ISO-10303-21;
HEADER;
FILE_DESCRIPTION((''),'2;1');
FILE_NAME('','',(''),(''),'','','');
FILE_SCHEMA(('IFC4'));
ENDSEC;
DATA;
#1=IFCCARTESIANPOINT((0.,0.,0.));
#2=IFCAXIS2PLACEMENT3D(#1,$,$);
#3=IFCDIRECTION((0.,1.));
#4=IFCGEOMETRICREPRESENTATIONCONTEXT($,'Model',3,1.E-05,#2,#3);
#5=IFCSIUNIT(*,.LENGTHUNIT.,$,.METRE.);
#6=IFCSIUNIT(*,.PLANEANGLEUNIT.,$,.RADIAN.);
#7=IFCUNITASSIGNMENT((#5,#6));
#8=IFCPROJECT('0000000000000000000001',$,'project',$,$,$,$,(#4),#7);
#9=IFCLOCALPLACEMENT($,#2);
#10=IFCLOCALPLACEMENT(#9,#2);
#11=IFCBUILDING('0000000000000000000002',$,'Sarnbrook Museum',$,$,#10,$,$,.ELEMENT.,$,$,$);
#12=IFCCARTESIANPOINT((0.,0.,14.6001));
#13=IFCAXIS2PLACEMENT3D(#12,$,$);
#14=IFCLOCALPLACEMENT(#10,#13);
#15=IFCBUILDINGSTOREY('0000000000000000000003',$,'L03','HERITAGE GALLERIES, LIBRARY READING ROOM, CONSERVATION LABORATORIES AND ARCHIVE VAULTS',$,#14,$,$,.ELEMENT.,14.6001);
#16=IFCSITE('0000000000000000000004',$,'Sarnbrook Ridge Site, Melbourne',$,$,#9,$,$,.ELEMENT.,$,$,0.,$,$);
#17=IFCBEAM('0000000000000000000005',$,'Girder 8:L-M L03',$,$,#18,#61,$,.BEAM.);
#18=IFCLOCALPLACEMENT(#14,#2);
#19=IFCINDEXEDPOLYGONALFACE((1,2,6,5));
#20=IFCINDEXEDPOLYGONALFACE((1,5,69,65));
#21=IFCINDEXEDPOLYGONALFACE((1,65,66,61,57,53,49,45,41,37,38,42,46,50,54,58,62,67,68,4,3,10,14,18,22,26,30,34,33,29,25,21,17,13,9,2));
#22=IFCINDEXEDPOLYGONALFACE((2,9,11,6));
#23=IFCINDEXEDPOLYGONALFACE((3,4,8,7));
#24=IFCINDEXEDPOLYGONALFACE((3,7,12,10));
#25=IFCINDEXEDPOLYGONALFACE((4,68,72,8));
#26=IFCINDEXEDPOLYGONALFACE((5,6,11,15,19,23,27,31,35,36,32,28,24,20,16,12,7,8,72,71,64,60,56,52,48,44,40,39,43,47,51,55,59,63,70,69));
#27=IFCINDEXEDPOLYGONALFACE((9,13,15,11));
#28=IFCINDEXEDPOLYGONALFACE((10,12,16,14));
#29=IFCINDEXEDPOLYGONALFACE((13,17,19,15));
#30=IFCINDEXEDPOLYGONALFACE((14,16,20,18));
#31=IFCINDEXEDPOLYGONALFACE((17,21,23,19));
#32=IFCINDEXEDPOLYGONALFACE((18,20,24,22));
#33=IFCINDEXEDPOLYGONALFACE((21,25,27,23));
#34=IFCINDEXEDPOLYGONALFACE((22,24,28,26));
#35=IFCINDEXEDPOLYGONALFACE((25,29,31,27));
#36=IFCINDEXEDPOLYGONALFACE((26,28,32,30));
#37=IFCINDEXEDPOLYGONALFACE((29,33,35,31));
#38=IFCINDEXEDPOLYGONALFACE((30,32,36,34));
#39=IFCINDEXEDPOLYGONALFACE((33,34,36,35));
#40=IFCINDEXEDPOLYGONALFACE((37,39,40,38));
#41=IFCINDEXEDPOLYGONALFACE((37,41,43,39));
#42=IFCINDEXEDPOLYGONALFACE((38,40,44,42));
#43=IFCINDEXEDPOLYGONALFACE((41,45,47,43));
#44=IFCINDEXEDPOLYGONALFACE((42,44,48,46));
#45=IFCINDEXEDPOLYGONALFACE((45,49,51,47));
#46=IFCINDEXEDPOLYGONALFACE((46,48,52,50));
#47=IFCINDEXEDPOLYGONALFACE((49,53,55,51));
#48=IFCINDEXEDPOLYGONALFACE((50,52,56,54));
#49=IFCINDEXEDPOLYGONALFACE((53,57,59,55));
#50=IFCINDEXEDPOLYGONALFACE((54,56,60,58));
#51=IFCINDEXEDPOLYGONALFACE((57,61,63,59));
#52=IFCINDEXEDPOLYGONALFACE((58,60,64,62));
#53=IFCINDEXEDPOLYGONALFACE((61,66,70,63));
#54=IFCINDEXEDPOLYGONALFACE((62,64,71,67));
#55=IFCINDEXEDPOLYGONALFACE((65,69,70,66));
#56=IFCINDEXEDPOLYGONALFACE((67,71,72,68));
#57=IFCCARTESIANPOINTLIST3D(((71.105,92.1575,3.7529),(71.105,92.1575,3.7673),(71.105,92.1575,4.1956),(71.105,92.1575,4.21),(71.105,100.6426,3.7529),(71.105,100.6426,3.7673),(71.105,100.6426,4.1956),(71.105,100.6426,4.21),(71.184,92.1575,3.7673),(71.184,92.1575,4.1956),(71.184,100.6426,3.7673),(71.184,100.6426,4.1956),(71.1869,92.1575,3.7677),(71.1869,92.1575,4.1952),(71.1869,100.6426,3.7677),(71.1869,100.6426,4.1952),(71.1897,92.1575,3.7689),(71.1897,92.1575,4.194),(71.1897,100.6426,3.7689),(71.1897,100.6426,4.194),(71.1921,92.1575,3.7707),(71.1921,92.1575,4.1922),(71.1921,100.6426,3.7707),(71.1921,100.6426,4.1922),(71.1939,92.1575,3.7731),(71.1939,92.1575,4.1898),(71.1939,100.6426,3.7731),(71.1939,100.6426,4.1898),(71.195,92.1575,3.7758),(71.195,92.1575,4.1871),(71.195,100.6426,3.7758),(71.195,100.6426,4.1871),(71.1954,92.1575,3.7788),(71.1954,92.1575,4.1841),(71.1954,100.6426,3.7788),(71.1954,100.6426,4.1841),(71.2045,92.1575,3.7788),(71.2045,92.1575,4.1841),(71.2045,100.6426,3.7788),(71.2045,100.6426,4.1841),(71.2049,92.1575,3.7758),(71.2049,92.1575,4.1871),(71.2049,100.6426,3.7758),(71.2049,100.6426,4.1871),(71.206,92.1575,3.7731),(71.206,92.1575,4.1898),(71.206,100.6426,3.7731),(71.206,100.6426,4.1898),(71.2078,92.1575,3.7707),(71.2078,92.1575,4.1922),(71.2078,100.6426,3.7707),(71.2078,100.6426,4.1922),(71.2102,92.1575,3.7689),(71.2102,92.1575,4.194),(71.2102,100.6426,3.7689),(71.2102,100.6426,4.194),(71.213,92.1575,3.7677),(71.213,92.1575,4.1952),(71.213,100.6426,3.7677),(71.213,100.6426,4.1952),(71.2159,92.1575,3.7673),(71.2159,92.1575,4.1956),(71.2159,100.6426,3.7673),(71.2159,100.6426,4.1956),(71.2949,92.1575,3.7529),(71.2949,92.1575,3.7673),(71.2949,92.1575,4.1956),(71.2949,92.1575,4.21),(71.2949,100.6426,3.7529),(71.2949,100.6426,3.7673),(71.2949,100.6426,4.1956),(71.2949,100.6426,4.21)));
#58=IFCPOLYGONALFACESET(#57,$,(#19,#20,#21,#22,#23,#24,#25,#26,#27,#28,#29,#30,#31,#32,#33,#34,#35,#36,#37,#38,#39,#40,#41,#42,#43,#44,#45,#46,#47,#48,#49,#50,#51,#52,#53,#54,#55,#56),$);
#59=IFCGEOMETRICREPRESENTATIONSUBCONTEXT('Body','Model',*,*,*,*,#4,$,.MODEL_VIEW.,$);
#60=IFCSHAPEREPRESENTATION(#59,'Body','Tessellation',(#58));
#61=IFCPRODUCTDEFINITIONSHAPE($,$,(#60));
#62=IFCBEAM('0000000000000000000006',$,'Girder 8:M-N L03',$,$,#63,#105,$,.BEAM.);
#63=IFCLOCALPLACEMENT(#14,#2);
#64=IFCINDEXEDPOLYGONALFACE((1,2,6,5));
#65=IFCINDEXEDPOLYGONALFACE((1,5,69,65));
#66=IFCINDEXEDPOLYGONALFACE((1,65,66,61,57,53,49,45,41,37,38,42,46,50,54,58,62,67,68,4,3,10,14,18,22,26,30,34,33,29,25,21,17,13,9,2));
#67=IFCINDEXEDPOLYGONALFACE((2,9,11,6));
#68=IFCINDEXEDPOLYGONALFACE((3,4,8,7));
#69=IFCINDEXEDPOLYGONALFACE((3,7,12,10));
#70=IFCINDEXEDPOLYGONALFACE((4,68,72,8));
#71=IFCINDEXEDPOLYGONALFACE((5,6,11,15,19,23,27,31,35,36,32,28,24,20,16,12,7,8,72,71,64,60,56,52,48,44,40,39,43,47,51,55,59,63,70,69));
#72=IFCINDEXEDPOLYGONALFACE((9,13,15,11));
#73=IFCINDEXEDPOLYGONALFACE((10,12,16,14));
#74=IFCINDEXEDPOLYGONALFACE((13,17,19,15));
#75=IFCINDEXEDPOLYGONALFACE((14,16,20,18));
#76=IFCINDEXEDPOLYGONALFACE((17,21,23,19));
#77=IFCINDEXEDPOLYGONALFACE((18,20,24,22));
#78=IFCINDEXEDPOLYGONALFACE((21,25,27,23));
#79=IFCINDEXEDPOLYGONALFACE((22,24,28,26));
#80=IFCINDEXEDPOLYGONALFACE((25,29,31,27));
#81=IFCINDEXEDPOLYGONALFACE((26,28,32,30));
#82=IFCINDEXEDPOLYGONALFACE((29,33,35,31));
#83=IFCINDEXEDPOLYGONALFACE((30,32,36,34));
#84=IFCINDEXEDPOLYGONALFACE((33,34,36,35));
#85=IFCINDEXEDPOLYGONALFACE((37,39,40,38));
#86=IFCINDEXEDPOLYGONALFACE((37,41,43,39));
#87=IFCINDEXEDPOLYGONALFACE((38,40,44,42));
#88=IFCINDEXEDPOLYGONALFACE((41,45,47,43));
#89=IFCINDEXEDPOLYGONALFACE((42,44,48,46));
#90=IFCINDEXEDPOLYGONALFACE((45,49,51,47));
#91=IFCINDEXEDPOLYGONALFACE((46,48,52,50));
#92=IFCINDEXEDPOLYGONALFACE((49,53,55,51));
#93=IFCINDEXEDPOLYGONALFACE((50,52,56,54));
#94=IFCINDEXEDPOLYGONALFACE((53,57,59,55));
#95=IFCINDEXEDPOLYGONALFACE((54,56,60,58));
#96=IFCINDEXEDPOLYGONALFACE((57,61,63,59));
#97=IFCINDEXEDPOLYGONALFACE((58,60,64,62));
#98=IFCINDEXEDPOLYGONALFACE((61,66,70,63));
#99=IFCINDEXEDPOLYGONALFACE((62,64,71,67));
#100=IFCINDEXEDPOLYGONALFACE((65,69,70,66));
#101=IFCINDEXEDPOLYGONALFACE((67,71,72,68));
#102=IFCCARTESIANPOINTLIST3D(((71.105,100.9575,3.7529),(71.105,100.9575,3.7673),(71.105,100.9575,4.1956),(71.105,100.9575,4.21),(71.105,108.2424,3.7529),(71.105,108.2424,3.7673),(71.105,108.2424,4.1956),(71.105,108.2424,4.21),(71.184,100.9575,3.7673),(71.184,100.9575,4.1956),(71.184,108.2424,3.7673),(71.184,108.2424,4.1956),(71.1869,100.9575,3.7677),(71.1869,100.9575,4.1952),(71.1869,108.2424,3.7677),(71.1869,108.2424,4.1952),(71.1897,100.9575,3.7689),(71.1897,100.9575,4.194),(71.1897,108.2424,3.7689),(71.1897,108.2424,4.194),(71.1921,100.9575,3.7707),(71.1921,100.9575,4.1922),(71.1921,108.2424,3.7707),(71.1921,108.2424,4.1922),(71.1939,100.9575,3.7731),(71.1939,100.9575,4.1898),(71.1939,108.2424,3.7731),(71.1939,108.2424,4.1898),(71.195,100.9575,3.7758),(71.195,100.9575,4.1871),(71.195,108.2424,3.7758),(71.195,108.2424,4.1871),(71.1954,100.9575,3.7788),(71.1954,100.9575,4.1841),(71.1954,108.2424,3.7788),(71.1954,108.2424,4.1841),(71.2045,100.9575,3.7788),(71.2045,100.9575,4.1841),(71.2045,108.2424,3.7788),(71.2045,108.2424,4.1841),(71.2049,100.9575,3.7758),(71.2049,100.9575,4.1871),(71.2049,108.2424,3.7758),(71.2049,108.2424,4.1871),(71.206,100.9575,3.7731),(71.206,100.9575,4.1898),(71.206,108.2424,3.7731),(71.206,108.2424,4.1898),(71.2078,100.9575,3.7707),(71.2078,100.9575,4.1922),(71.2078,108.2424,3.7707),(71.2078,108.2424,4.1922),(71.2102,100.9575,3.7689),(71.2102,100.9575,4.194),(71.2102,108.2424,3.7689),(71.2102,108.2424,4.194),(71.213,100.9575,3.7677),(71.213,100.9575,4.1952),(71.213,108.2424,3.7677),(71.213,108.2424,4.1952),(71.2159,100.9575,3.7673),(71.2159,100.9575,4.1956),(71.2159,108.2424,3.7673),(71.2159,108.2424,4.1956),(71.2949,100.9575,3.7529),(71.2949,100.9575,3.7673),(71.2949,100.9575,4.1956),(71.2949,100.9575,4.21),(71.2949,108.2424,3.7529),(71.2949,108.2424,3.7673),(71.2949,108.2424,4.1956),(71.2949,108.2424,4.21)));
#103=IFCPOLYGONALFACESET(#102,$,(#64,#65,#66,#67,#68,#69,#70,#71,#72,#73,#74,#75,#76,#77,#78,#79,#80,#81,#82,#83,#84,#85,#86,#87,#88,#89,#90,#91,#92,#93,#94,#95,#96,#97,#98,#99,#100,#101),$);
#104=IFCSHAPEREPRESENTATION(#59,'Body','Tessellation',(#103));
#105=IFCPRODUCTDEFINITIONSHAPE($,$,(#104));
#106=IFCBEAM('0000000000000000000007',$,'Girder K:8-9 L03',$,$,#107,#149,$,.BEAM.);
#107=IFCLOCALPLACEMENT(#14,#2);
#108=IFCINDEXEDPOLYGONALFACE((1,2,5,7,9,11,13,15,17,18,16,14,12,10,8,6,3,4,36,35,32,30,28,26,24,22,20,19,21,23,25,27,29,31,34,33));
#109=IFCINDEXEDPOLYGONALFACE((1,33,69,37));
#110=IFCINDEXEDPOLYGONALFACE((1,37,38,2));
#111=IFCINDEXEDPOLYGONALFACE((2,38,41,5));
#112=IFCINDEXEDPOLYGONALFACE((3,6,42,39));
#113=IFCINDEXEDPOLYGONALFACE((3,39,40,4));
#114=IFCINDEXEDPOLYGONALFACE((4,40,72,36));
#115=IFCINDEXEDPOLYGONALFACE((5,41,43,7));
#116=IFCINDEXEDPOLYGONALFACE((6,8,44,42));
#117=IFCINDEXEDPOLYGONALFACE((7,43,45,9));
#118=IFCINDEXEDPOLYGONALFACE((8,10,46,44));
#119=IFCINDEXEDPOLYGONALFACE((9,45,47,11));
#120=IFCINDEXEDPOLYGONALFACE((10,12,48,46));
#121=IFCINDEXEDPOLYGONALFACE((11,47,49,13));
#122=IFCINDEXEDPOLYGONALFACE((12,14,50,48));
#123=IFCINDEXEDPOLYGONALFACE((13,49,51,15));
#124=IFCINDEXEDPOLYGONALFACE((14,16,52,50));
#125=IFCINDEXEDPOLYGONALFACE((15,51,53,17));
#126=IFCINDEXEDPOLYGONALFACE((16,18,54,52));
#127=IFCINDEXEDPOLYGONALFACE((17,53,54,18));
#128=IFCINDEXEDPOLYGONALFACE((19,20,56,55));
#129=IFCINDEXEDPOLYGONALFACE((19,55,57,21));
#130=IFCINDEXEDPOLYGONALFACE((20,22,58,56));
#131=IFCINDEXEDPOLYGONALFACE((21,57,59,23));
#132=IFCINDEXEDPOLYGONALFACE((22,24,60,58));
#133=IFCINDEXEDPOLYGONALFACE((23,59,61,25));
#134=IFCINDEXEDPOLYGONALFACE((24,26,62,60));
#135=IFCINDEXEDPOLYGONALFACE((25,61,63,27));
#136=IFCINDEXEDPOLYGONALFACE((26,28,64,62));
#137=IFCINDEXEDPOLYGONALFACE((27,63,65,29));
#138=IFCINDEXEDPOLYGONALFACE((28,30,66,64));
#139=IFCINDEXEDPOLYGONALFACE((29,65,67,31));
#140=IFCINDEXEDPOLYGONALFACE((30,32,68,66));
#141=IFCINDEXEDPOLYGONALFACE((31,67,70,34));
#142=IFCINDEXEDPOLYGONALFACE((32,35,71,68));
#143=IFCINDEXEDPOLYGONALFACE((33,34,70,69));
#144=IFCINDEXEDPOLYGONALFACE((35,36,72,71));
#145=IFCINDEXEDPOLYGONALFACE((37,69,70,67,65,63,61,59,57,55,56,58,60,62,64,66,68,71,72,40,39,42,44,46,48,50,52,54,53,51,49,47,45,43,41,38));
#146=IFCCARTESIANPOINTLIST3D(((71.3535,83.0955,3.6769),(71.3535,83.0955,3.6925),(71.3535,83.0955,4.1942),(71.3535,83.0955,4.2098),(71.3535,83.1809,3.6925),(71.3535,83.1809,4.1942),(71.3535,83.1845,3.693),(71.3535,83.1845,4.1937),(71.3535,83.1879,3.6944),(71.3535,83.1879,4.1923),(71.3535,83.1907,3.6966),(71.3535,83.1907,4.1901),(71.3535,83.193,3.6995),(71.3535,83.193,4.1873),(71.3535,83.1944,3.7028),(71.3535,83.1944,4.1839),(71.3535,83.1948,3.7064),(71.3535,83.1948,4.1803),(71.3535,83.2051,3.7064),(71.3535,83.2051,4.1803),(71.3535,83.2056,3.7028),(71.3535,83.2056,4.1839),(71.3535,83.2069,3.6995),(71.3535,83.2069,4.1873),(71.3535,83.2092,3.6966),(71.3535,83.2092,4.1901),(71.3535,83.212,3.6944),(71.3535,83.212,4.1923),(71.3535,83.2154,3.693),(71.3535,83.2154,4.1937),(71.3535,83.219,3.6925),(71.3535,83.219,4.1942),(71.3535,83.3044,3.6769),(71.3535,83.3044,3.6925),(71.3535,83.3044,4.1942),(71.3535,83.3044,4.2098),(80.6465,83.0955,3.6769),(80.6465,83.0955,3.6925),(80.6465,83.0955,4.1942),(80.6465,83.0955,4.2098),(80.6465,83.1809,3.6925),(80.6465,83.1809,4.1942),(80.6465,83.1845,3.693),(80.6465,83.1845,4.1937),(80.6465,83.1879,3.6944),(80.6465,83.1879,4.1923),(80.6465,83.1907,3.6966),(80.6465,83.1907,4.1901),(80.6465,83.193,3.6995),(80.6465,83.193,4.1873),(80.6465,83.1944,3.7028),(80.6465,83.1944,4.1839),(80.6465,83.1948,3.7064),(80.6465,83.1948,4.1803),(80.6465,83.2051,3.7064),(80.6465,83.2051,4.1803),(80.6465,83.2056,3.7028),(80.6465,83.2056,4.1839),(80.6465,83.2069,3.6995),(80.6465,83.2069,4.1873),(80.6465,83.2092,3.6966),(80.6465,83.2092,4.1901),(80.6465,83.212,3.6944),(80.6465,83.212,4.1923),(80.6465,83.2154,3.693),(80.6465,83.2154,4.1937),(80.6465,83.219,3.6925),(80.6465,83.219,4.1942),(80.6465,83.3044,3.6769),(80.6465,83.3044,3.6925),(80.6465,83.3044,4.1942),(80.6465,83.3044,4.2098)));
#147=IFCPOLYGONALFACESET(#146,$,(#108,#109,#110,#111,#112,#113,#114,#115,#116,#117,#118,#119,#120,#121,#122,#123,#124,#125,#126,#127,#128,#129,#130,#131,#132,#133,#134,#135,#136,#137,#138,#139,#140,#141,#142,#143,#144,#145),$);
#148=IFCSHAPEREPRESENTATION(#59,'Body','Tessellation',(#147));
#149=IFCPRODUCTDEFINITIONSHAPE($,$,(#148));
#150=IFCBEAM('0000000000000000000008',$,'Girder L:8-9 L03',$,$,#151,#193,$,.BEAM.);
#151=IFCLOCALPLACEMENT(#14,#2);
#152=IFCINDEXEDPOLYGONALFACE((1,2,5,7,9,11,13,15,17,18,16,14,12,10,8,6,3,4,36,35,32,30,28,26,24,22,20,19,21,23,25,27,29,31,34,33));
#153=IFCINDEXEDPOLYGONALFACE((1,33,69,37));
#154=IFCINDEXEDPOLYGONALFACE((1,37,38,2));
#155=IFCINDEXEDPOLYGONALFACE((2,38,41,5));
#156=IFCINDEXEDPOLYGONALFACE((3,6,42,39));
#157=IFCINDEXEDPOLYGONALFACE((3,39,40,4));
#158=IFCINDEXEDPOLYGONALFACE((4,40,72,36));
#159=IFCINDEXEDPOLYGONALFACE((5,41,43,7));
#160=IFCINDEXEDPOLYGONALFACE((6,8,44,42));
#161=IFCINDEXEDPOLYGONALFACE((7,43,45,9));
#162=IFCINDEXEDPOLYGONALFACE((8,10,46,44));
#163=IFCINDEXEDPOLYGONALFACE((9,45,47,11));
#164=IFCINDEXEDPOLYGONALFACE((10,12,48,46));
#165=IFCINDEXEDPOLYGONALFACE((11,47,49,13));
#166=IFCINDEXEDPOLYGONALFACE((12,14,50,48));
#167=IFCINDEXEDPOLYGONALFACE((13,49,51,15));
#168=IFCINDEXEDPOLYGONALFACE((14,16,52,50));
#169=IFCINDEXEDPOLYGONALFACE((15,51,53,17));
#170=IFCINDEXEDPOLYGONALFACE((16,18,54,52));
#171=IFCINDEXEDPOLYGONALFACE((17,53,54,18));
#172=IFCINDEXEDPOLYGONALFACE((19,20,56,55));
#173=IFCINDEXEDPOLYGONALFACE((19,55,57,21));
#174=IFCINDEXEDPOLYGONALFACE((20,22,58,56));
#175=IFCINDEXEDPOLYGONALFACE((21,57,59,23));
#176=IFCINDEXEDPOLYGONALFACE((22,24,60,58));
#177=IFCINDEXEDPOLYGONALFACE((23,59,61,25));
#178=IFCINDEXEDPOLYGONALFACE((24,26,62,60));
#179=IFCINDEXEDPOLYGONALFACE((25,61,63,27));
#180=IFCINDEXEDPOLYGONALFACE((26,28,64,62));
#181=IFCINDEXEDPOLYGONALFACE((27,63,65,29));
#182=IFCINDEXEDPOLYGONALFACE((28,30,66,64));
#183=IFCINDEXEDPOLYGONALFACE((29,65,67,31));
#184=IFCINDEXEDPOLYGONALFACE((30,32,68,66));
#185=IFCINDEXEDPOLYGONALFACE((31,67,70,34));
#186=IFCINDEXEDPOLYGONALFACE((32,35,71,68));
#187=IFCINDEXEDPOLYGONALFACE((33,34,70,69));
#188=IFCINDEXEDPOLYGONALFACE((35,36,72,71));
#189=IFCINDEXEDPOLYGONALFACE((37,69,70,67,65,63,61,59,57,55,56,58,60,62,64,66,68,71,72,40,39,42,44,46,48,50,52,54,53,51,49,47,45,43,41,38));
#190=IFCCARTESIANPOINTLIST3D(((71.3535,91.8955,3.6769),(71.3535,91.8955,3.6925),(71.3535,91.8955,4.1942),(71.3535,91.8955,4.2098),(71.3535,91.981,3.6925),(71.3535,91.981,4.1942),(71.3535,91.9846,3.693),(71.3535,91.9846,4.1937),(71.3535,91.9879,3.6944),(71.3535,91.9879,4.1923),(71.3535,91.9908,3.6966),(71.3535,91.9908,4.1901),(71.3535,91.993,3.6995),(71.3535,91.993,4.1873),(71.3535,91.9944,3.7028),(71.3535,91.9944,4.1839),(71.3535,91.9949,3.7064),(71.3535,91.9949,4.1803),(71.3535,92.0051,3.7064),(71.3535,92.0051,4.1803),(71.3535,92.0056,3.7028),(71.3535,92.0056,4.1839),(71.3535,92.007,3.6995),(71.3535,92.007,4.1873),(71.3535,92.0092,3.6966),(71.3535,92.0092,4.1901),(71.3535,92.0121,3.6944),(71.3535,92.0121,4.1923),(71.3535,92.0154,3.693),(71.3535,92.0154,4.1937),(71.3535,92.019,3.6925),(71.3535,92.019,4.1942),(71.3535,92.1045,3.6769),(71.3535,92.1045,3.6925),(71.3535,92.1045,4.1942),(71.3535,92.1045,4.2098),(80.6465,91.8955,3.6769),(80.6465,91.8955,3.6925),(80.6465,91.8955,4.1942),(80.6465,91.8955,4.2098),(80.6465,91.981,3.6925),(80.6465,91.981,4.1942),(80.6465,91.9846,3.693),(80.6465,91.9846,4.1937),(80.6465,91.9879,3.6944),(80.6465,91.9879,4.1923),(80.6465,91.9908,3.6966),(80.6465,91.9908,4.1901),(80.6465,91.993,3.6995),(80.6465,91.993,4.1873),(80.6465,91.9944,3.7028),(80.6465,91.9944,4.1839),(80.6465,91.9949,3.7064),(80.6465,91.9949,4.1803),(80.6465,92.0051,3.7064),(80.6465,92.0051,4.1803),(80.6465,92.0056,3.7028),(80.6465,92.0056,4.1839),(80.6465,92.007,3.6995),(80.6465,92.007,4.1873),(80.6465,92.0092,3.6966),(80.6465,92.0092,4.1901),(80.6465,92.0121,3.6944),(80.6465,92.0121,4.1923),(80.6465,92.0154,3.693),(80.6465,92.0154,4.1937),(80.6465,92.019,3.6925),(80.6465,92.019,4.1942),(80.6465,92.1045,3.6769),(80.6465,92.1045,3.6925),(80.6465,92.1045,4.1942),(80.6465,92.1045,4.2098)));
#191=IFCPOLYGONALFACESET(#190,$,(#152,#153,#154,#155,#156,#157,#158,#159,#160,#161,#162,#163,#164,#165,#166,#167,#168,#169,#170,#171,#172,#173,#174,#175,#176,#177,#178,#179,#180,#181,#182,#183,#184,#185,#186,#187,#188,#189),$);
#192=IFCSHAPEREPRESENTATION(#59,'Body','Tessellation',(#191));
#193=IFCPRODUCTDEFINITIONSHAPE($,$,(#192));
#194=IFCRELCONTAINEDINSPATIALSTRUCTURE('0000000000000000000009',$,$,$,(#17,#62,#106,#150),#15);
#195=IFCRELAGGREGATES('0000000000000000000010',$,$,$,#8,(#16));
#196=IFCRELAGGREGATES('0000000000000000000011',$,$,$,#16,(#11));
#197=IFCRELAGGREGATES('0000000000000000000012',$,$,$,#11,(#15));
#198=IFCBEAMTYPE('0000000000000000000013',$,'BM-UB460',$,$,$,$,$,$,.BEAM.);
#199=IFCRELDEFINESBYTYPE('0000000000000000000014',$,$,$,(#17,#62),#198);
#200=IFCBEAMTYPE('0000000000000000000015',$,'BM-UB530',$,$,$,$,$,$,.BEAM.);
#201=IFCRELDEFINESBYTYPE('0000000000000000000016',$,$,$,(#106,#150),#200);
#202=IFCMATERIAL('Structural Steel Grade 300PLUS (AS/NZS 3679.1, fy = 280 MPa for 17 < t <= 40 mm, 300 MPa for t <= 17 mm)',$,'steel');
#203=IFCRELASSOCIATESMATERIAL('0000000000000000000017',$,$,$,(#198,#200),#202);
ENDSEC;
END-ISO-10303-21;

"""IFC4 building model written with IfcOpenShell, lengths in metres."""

from ifc_helpers import new_model, si_unit, direction, frame, origin, origin_2d, place, context, subcontext, project, spatial, i_section, extrude, material, material_profile, profile_set, type_object, element, save


model = new_model("IFC4")

# Units and contexts
model_context = context("Model", 3, precision=1e-05, world=origin(), true_north=direction((0.0, 1.0)))
body_context = subcontext(model_context, "Body", "Model", "MODEL_VIEW")
ifc_project = project(units=[si_unit("LENGTHUNIT", "METRE"), si_unit("PLANEANGLEUNIT", "RADIAN")], contexts=[model_context])

# Site, building, storey
site_placement = place(None, origin())
site = spatial("IfcSite", under=ifc_project, at=site_placement, Name="Sarnbrook Ridge Site, Melbourne", CompositionType="ELEMENT", RefElevation=0.0)
building_placement = place(site_placement, origin())
building = spatial("IfcBuilding", under=site, at=building_placement, Name="Sarnbrook Museum", CompositionType="ELEMENT")
storey_placement = place(building_placement, frame((0.0, 0.0, 14.6001)))
storey = spatial("IfcBuildingStorey", under=building, at=storey_placement, Name="L03", Description="HERITAGE GALLERIES, LIBRARY READING ROOM, CONSERVATION LABORATORIES AND ARCHIVE VAULTS", CompositionType="ELEMENT", Elevation=14.6001)

# Shared definitions
ifc_material_1 = material(Name="Structural Steel Grade 300PLUS (AS/NZS 3679.1, fy = 280 MPa for 17 < t <= 40 mm, 300 MPa for t <= 17 mm)", Category="steel")

# Beams
ifc_material_profile_1 = material_profile(ifc_material_1, i_section(OverallWidth=0.1899, OverallDepth=0.457, WebThickness=0.009, FlangeThickness=0.0144, FilletRadius=0.0115, at=origin_2d()), Name="460UB74.6")
ifc_profile_set_1 = profile_set([ifc_material_profile_1], Name="Structural Steel Grade 300PLUS (AS/NZS 3679.1, fy = 280 MPa for 17 < t <= 40 mm, 300 MPa for t <= 17 mm)")
beam_type_1 = type_object("IfcBeamType", Name="BM-UB460", PredefinedType="BEAM", material=ifc_profile_set_1)
for number, where, z_axis, x_axis, name in (
    (1, (71.2, 92.1575, 3.9814), (0.0, 1.0, 0.0), (-1.0, 0.0, 0.0), "Girder 8:L-M L03"),
):
    element("IfcBeam", number, at=place(storey_placement, frame(where, z_axis=z_axis, x_axis=x_axis)), inside=storey, type_object=beam_type_1, Name=name, PredefinedType="BEAM", context=body_context, shape_type="SweptSolid", body=[
        extrude(i_section(OverallWidth=0.1899, OverallDepth=0.457, WebThickness=0.009, FlangeThickness=0.0144, FilletRadius=0.0115, at=origin_2d()), origin(), (0.0, 0.0, 1.0), 8.4851),
    ])
beam_1_placement = place(storey_placement, frame((71.2, 100.9575, 3.9814), z_axis=(0.0, 1.0, 0.0), x_axis=(-1.0, 0.0, 0.0)))
element("IfcBeam", 2, at=beam_1_placement, inside=storey, type_object=beam_type_1, Name="Girder 8:M-N L03", PredefinedType="BEAM", context=body_context, shape_type="SweptSolid", body=[
    extrude(i_section(OverallWidth=0.1899, OverallDepth=0.457, WebThickness=0.009, FlangeThickness=0.0144, FilletRadius=0.0115, at=origin_2d()), origin(), (0.0, 0.0, 1.0), 7.2849),
])
ifc_material_profile_2 = material_profile(ifc_material_1, i_section(OverallWidth=0.209, OverallDepth=0.533, WebThickness=0.0103, FlangeThickness=0.0156, FilletRadius=0.0139, at=origin_2d()), Name="530UB92.4")
ifc_profile_set_2 = profile_set([ifc_material_profile_2], Name="Structural Steel Grade 300PLUS (AS/NZS 3679.1, fy = 280 MPa for 17 < t <= 40 mm, 300 MPa for t <= 17 mm)")
beam_type_2 = type_object("IfcBeamType", Name="BM-UB530", PredefinedType="BEAM", material=ifc_profile_set_2)
for number, where, z_axis, x_axis, name in (
    (3, (71.3535, 83.2, 3.9434), (1.0, 0.0, 0.0), (0.0, 1.0, 0.0), "Girder K:8-9 L03"),
    (4, (71.3535, 92.0, 3.9434), (1.0, 0.0, 0.0), (0.0, 1.0, 0.0), "Girder L:8-9 L03"),
):
    element("IfcBeam", number, at=place(storey_placement, frame(where, z_axis=z_axis, x_axis=x_axis)), inside=storey, type_object=beam_type_2, Name=name, PredefinedType="BEAM", context=body_context, shape_type="SweptSolid", body=[
        extrude(i_section(OverallWidth=0.209, OverallDepth=0.533, WebThickness=0.0103, FlangeThickness=0.0156, FilletRadius=0.0139, at=origin_2d()), origin(), (0.0, 0.0, 1.0), 9.293),
    ])

save(model, "model.ifc")
